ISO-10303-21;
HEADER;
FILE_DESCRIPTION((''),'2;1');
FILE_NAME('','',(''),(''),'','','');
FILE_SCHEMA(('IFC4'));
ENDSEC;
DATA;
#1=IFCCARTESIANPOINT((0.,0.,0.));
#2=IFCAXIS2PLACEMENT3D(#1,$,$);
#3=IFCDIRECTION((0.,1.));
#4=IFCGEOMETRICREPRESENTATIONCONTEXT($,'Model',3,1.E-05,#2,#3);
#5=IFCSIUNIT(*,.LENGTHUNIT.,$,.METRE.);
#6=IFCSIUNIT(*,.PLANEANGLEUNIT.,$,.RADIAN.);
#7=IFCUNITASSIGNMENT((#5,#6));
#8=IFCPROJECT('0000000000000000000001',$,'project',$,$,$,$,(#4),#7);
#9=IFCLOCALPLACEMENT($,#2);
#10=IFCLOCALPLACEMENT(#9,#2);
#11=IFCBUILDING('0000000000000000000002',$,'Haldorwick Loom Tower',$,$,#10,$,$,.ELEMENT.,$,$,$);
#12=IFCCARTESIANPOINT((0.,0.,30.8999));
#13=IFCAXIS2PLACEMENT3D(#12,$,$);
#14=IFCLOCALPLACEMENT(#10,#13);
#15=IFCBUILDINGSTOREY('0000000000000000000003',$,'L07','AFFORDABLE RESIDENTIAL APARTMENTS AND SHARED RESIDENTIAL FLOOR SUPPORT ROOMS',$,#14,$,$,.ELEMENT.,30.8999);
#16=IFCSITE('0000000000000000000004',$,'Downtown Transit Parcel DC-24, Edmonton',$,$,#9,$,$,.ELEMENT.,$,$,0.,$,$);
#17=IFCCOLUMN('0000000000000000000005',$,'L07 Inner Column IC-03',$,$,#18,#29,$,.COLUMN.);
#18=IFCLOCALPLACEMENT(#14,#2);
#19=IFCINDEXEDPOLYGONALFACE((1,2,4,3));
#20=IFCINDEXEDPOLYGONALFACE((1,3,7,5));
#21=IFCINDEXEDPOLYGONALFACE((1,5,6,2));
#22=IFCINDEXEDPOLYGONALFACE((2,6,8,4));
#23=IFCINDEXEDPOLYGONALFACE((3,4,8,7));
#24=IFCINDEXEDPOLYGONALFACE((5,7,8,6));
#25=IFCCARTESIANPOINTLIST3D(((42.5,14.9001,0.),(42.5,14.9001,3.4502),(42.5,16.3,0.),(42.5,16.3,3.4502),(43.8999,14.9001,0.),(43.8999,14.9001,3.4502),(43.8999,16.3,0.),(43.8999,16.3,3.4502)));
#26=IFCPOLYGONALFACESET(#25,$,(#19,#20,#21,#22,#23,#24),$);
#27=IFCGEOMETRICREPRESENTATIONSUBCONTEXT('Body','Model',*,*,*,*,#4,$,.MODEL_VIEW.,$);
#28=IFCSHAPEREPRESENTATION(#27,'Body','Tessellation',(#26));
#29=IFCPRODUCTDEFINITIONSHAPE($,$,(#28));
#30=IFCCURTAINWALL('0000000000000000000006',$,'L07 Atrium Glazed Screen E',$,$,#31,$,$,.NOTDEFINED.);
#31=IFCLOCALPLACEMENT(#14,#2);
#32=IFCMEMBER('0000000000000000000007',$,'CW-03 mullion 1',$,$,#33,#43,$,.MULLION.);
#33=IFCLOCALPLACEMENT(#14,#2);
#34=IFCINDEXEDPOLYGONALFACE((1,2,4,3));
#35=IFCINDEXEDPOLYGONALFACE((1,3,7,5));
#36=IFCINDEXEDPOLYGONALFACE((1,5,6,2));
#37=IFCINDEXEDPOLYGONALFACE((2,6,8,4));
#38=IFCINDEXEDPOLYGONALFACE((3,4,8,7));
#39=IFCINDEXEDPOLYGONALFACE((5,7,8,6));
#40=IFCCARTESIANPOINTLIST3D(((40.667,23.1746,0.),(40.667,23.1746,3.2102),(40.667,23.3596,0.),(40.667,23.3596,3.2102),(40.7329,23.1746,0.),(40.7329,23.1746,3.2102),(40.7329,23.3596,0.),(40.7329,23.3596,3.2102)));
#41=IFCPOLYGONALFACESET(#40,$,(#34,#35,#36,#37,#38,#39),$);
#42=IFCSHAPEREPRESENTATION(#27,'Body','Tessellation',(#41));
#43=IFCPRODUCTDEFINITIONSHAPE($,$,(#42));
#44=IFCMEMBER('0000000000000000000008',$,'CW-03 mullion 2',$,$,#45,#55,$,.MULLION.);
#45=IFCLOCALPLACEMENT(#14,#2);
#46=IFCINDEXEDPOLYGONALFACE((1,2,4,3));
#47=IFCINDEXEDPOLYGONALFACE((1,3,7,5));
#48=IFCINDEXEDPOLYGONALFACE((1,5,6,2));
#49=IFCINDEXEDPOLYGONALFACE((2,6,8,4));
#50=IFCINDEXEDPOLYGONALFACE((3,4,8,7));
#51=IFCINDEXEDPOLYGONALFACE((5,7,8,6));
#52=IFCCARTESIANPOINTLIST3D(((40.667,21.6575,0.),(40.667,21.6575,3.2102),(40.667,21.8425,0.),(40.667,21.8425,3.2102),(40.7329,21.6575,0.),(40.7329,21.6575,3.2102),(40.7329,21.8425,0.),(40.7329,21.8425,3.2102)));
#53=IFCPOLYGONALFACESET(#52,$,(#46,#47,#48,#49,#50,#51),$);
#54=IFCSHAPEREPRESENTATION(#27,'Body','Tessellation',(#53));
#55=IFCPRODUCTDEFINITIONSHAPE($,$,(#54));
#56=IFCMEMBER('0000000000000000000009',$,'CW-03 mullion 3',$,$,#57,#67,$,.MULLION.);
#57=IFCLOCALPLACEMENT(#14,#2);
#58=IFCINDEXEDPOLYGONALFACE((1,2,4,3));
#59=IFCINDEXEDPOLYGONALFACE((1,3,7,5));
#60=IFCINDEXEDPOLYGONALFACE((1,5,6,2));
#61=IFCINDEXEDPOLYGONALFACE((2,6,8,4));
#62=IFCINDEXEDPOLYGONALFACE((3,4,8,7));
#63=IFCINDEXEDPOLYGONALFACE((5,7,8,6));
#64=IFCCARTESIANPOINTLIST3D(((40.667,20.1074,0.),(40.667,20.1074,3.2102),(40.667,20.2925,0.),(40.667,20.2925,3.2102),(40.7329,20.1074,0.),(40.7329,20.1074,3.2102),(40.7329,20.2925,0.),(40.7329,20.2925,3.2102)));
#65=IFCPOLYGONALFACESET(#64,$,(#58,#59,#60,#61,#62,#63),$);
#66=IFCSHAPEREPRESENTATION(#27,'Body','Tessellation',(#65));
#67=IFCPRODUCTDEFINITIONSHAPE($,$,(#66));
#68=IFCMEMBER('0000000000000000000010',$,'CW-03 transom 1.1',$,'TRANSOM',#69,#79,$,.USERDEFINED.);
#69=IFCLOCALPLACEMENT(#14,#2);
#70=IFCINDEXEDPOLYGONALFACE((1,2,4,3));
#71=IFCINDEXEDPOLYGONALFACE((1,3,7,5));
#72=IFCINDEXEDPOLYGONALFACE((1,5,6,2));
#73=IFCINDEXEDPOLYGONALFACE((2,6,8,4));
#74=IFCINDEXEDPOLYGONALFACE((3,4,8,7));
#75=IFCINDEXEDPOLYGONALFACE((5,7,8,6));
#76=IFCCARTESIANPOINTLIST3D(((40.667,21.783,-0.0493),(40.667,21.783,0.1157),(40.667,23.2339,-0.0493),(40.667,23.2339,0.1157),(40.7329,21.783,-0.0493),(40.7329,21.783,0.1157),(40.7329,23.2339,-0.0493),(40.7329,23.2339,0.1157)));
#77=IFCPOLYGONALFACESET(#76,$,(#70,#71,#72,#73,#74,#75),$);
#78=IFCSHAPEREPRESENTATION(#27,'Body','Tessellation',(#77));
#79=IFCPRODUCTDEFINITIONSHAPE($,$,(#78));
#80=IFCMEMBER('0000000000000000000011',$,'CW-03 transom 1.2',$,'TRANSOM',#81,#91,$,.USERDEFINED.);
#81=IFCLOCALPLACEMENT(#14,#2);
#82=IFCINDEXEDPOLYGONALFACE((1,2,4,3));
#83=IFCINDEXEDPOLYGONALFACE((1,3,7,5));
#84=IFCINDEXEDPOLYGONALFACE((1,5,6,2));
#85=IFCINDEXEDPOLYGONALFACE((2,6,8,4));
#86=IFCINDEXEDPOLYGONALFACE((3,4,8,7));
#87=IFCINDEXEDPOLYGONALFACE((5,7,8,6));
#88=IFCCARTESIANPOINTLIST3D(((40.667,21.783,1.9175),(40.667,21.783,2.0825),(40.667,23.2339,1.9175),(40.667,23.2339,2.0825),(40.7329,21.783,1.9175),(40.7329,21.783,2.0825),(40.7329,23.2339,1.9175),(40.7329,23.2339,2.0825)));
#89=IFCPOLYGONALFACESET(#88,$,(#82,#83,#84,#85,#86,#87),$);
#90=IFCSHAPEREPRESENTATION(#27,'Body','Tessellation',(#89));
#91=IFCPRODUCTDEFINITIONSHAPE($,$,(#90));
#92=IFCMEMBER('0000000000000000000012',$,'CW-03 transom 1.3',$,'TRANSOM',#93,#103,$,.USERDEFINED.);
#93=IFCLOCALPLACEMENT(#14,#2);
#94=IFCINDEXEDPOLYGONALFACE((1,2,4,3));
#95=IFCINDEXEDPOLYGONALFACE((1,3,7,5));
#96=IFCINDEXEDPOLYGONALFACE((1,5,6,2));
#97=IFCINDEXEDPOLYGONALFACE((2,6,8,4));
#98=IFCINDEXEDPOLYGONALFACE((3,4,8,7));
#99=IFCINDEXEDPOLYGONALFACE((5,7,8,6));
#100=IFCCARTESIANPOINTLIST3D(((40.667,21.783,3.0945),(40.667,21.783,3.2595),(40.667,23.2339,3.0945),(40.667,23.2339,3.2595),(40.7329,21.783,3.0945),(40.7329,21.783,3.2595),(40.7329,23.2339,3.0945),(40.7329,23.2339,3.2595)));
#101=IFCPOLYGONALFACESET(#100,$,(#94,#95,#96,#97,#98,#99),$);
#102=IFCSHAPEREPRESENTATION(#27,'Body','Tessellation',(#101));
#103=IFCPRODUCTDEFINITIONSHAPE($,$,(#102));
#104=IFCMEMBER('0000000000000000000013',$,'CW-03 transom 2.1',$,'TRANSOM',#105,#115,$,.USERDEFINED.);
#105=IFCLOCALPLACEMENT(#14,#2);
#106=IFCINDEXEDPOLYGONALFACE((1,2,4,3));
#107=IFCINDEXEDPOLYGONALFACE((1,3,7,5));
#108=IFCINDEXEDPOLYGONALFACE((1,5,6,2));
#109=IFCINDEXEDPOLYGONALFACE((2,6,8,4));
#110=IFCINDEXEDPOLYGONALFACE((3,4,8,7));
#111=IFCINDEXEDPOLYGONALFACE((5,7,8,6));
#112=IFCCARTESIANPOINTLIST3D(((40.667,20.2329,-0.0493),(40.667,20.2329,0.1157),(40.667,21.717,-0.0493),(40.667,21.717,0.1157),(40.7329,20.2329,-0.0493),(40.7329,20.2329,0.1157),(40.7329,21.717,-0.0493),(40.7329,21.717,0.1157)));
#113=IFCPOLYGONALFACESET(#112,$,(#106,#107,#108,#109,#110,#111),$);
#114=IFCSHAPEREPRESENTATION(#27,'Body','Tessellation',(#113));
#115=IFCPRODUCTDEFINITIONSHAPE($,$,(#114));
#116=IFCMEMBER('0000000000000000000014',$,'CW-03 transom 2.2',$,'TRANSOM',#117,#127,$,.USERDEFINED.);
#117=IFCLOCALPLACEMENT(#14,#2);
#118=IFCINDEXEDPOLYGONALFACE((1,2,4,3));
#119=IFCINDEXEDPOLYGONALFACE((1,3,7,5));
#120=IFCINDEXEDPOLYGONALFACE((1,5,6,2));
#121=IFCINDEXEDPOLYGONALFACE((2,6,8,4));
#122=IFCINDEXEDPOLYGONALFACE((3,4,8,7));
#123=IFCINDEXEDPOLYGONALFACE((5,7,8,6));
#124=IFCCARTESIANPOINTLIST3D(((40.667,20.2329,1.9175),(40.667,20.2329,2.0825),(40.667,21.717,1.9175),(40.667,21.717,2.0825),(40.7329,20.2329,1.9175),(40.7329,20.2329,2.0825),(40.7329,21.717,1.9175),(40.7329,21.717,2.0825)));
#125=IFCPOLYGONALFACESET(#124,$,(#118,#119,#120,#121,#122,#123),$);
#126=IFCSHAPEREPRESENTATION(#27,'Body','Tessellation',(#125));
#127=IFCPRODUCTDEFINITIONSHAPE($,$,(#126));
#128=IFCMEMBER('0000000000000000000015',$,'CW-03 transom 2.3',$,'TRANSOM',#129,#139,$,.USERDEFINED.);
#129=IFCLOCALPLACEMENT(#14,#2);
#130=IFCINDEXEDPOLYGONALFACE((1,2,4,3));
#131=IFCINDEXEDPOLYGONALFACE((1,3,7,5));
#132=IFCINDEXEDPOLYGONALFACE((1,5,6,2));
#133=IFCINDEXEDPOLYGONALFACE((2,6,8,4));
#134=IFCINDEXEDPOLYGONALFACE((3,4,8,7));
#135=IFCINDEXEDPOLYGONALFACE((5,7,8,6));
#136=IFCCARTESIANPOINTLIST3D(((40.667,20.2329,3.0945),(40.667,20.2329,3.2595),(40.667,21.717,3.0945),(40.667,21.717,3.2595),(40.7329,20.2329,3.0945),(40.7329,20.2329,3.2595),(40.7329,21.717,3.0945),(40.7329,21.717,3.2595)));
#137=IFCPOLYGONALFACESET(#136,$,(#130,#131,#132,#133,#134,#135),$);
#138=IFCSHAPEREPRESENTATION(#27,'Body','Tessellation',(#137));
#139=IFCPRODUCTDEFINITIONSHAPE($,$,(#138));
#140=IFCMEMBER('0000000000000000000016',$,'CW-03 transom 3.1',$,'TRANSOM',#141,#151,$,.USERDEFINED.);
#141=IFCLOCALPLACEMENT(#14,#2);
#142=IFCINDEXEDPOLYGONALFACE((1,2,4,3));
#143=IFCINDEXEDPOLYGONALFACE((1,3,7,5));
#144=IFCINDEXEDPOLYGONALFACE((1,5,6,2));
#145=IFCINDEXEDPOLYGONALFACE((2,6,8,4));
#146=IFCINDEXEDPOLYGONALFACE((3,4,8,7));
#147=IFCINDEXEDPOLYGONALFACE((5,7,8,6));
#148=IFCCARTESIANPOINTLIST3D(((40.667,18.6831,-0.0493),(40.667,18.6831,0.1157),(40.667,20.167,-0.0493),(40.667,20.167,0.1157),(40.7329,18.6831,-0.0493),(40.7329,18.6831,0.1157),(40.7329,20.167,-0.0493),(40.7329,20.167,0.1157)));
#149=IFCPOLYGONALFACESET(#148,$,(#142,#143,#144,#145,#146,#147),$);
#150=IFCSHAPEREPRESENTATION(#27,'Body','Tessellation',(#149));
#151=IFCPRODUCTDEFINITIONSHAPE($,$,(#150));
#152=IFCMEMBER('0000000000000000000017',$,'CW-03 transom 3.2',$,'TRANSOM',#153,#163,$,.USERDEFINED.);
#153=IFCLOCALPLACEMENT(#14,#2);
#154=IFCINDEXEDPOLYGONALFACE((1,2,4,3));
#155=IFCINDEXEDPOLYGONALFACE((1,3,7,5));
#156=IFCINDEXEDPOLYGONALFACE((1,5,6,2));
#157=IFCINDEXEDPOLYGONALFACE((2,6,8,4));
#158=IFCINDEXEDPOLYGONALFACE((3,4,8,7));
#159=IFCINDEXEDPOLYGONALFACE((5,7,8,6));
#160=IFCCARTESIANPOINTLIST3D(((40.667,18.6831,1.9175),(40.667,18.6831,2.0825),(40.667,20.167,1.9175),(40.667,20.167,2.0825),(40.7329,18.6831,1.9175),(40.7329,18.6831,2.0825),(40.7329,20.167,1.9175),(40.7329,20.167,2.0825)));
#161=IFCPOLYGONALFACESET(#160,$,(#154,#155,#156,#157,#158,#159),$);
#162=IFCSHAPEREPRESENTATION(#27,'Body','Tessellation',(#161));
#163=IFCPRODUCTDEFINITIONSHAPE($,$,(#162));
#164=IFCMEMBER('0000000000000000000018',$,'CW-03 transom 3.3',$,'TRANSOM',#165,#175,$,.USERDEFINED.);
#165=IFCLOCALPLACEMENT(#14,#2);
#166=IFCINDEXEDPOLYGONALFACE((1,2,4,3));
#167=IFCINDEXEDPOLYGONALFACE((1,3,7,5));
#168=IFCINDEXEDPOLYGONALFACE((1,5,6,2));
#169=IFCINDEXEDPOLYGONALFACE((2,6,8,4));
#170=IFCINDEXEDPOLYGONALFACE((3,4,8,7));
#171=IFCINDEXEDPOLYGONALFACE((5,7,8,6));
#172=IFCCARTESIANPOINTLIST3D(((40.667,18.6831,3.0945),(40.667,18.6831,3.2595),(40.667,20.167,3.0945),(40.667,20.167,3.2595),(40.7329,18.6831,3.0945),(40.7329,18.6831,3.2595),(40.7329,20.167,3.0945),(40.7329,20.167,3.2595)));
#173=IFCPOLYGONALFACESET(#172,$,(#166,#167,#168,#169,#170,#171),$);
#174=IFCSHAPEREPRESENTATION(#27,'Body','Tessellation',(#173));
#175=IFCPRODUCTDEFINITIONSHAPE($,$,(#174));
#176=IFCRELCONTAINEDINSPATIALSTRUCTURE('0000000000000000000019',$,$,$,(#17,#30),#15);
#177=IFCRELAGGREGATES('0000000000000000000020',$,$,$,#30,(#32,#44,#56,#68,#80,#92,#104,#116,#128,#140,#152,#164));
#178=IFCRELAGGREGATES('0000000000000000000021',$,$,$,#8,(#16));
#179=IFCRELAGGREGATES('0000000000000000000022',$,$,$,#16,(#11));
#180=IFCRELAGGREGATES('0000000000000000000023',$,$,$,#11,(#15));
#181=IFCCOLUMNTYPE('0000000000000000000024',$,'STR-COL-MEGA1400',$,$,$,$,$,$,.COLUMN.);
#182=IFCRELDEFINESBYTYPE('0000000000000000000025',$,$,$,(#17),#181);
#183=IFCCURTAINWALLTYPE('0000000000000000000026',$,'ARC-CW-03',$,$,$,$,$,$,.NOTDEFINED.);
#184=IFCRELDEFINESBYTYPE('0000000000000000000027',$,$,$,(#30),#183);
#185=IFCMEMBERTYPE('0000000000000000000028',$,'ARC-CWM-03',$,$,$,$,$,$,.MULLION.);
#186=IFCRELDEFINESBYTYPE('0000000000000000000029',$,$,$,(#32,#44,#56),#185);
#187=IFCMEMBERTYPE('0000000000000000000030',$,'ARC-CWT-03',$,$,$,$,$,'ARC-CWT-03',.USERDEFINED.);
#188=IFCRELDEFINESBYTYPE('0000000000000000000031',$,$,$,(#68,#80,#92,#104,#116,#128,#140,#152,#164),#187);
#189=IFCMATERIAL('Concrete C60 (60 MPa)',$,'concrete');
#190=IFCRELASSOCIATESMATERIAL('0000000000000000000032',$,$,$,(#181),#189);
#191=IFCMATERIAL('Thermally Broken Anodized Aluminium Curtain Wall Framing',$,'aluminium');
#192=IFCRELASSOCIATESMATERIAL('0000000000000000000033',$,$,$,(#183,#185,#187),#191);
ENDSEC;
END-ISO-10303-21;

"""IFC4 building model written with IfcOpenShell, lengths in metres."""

from ifc_helpers import new_model, si_unit, direction, frame, origin, origin_2d, place, context, subcontext, project, spatial, rectangle, extrude, material, material_profile, profile_set, type_object, element, aggregate, save


model = new_model("IFC4")

# Units and contexts
model_context = context("Model", 3, precision=1e-05, world=origin(), true_north=direction((0.0, 1.0)))
body_context = subcontext(model_context, "Body", "Model", "MODEL_VIEW")
ifc_project = project(units=[si_unit("LENGTHUNIT", "METRE"), si_unit("PLANEANGLEUNIT", "RADIAN")], contexts=[model_context])

# Site, building, storey
site_placement = place(None, origin())
site = spatial("IfcSite", under=ifc_project, at=site_placement, Name="Downtown Transit Parcel DC-24, Edmonton", CompositionType="ELEMENT", RefElevation=0.0)
building_placement = place(site_placement, origin())
building = spatial("IfcBuilding", under=site, at=building_placement, Name="Haldorwick Loom Tower", CompositionType="ELEMENT")
storey_placement = place(building_placement, frame((0.0, 0.0, 30.8999)))
storey = spatial("IfcBuildingStorey", under=building, at=storey_placement, Name="L07", Description="AFFORDABLE RESIDENTIAL APARTMENTS AND SHARED RESIDENTIAL FLOOR SUPPORT ROOMS", CompositionType="ELEMENT", Elevation=30.8999)

# Column
ifc_material_1 = material(Name="Concrete C60 (60 MPa)", Category="concrete")
ifc_material_profile_1 = material_profile(ifc_material_1, rectangle(XDim=1.3999, YDim=1.3999, at=origin_2d()), Name="RC1400X1400", Category="concrete")
ifc_profile_set_1 = profile_set([ifc_material_profile_1], Name="Concrete C60 (60 MPa)")
column_type = type_object("IfcColumnType", Name="STR-COL-MEGA1400", PredefinedType="COLUMN", material=ifc_profile_set_1)
column_placement = place(storey_placement, frame((43.2, 15.6001, 0.0), z_axis=(0.0, 0.0, 1.0), x_axis=(1.0, 0.0, 0.0)))
element("IfcColumn", 1, at=column_placement, inside=storey, type_object=column_type, Name="L07 Inner Column IC-03", PredefinedType="COLUMN", context=body_context, shape_type="SweptSolid", body=[
    extrude(rectangle(XDim=1.3999, YDim=1.3999, at=origin_2d()), origin(), (0.0, 0.0, 1.0), 3.4502),
])

# Curtain wall, members
ifc_material_2 = material(Name="Thermally Broken Anodized Aluminium Curtain Wall Framing", Category="aluminium")
curtain_wall_type = type_object("IfcCurtainWallType", Name="ARC-CW-03", PredefinedType="NOTDEFINED", material=ifc_material_2)
curtain_wall_placement = place(storey_placement, origin())
curtain_wall = element("IfcCurtainWall", 2, at=curtain_wall_placement, inside=storey, type_object=curtain_wall_type, Name="L07 Atrium Glazed Screen E", PredefinedType="NOTDEFINED")
ifc_material_profile_2 = material_profile(ifc_material_2, rectangle(XDim=0.0659, YDim=0.1851, at=origin_2d()), Name="ALU_MUL_66X185", Category="aluminium")
ifc_profile_set_2 = profile_set([ifc_material_profile_2], Name="Thermally Broken Anodized Aluminium Curtain Wall Framing")
member_type_1 = type_object("IfcMemberType", Name="ARC-CWM-03", PredefinedType="MULLION", material=ifc_profile_set_2)
member_1_placement = place(storey_placement, frame((40.7, 23.2671, 0.0), z_axis=(0.0, 0.0, 1.0), x_axis=(1.0, 0.0, 0.0)))
member_1 = element("IfcMember", 3, at=member_1_placement, type_object=member_type_1, Name="CW-03 mullion 1", PredefinedType="MULLION", context=body_context, shape_type="SweptSolid", body=[
    extrude(rectangle(XDim=0.0659, YDim=0.1851, at=origin_2d()), origin(), (0.0, 0.0, 1.0), 3.2102),
])
member_2_placement = place(storey_placement, frame((40.7, 21.75, 0.0), z_axis=(0.0, 0.0, 1.0), x_axis=(1.0, 0.0, 0.0)))
member_2 = element("IfcMember", 4, at=member_2_placement, type_object=member_type_1, Name="CW-03 mullion 2", PredefinedType="MULLION", context=body_context, shape_type="SweptSolid", body=[
    extrude(rectangle(XDim=0.0659, YDim=0.1851, at=origin_2d()), origin(), (0.0, 0.0, 1.0), 3.2102),
])
member_3_placement = place(storey_placement, frame((40.7, 20.2, 0.0), z_axis=(0.0, 0.0, 1.0), x_axis=(1.0, 0.0, 0.0)))
member_3 = element("IfcMember", 5, at=member_3_placement, type_object=member_type_1, Name="CW-03 mullion 3", PredefinedType="MULLION", context=body_context, shape_type="SweptSolid", body=[
    extrude(rectangle(XDim=0.0659, YDim=0.1851, at=origin_2d()), origin(), (0.0, 0.0, 1.0), 3.2102),
])
ifc_material_profile_3 = material_profile(ifc_material_2, rectangle(XDim=0.0659, YDim=0.165, at=origin_2d()), Name="ALU_TRN_66X165", Category="aluminium")
ifc_profile_set_3 = profile_set([ifc_material_profile_3], Name="Thermally Broken Anodized Aluminium Curtain Wall Framing")
member_type_2 = type_object("IfcMemberType", Name="ARC-CWT-03", ElementType="ARC-CWT-03", PredefinedType="USERDEFINED", material=ifc_profile_set_3)
member_4_placement = place(storey_placement, frame((40.7, 23.2339, 0.0332), z_axis=(0.0, -1.0, 0.0), x_axis=(1.0, 0.0, 0.0)))
member_4 = element("IfcMember", 6, at=member_4_placement, type_object=member_type_2, Name="CW-03 transom 1.1", ObjectType="TRANSOM", PredefinedType="USERDEFINED", context=body_context, shape_type="SweptSolid", body=[
    extrude(rectangle(XDim=0.0659, YDim=0.165, at=origin_2d()), origin(), (0.0, 0.0, 1.0), 1.4509),
])
member_5_placement = place(storey_placement, frame((40.7, 23.2339, 2.0), z_axis=(0.0, -1.0, 0.0), x_axis=(1.0, 0.0, 0.0)))
member_5 = element("IfcMember", 7, at=member_5_placement, type_object=member_type_2, Name="CW-03 transom 1.2", ObjectType="TRANSOM", PredefinedType="USERDEFINED", context=body_context, shape_type="SweptSolid", body=[
    extrude(rectangle(XDim=0.0659, YDim=0.165, at=origin_2d()), origin(), (0.0, 0.0, 1.0), 1.4509),
])
member_6_placement = place(storey_placement, frame((40.7, 23.2339, 3.177), z_axis=(0.0, -1.0, 0.0), x_axis=(1.0, 0.0, 0.0)))
member_6 = element("IfcMember", 8, at=member_6_placement, type_object=member_type_2, Name="CW-03 transom 1.3", ObjectType="TRANSOM", PredefinedType="USERDEFINED", context=body_context, shape_type="SweptSolid", body=[
    extrude(rectangle(XDim=0.0659, YDim=0.165, at=origin_2d()), origin(), (0.0, 0.0, 1.0), 1.4509),
])
member_7_placement = place(storey_placement, frame((40.7, 21.717, 0.0332), z_axis=(0.0, -1.0, 0.0), x_axis=(1.0, 0.0, 0.0)))
member_7 = element("IfcMember", 9, at=member_7_placement, type_object=member_type_2, Name="CW-03 transom 2.1", ObjectType="TRANSOM", PredefinedType="USERDEFINED", context=body_context, shape_type="SweptSolid", body=[
    extrude(rectangle(XDim=0.0659, YDim=0.165, at=origin_2d()), origin(), (0.0, 0.0, 1.0), 1.4841),
])
member_8_placement = place(storey_placement, frame((40.7, 21.717, 2.0), z_axis=(0.0, -1.0, 0.0), x_axis=(1.0, 0.0, 0.0)))
member_8 = element("IfcMember", 10, at=member_8_placement, type_object=member_type_2, Name="CW-03 transom 2.2", ObjectType="TRANSOM", PredefinedType="USERDEFINED", context=body_context, shape_type="SweptSolid", body=[
    extrude(rectangle(XDim=0.0659, YDim=0.165, at=origin_2d()), origin(), (0.0, 0.0, 1.0), 1.4841),
])
member_9_placement = place(storey_placement, frame((40.7, 21.717, 3.177), z_axis=(0.0, -1.0, 0.0), x_axis=(1.0, 0.0, 0.0)))
member_9 = element("IfcMember", 11, at=member_9_placement, type_object=member_type_2, Name="CW-03 transom 2.3", ObjectType="TRANSOM", PredefinedType="USERDEFINED", context=body_context, shape_type="SweptSolid", body=[
    extrude(rectangle(XDim=0.0659, YDim=0.165, at=origin_2d()), origin(), (0.0, 0.0, 1.0), 1.4841),
])
member_10_placement = place(storey_placement, frame((40.7, 20.167, 0.0332), z_axis=(0.0, -1.0, 0.0), x_axis=(1.0, 0.0, 0.0)))
member_10 = element("IfcMember", 12, at=member_10_placement, type_object=member_type_2, Name="CW-03 transom 3.1", ObjectType="TRANSOM", PredefinedType="USERDEFINED", context=body_context, shape_type="SweptSolid", body=[
    extrude(rectangle(XDim=0.0659, YDim=0.165, at=origin_2d()), origin(), (0.0, 0.0, 1.0), 1.4839),
])
member_11_placement = place(storey_placement, frame((40.7, 20.167, 2.0), z_axis=(0.0, -1.0, 0.0), x_axis=(1.0, 0.0, 0.0)))
member_11 = element("IfcMember", 13, at=member_11_placement, type_object=member_type_2, Name="CW-03 transom 3.2", ObjectType="TRANSOM", PredefinedType="USERDEFINED", context=body_context, shape_type="SweptSolid", body=[
    extrude(rectangle(XDim=0.0659, YDim=0.165, at=origin_2d()), origin(), (0.0, 0.0, 1.0), 1.4839),
])
member_12_placement = place(storey_placement, frame((40.7, 20.167, 3.177), z_axis=(0.0, -1.0, 0.0), x_axis=(1.0, 0.0, 0.0)))
member_12 = element("IfcMember", 14, at=member_12_placement, type_object=member_type_2, Name="CW-03 transom 3.3", ObjectType="TRANSOM", PredefinedType="USERDEFINED", context=body_context, shape_type="SweptSolid", body=[
    extrude(rectangle(XDim=0.0659, YDim=0.165, at=origin_2d()), origin(), (0.0, 0.0, 1.0), 1.4839),
])

aggregate(curtain_wall, [member_1, member_2, member_3, member_4, member_5, member_6, member_7, member_8, member_9, member_10, member_11, member_12])

save(model, "model.ifc")
